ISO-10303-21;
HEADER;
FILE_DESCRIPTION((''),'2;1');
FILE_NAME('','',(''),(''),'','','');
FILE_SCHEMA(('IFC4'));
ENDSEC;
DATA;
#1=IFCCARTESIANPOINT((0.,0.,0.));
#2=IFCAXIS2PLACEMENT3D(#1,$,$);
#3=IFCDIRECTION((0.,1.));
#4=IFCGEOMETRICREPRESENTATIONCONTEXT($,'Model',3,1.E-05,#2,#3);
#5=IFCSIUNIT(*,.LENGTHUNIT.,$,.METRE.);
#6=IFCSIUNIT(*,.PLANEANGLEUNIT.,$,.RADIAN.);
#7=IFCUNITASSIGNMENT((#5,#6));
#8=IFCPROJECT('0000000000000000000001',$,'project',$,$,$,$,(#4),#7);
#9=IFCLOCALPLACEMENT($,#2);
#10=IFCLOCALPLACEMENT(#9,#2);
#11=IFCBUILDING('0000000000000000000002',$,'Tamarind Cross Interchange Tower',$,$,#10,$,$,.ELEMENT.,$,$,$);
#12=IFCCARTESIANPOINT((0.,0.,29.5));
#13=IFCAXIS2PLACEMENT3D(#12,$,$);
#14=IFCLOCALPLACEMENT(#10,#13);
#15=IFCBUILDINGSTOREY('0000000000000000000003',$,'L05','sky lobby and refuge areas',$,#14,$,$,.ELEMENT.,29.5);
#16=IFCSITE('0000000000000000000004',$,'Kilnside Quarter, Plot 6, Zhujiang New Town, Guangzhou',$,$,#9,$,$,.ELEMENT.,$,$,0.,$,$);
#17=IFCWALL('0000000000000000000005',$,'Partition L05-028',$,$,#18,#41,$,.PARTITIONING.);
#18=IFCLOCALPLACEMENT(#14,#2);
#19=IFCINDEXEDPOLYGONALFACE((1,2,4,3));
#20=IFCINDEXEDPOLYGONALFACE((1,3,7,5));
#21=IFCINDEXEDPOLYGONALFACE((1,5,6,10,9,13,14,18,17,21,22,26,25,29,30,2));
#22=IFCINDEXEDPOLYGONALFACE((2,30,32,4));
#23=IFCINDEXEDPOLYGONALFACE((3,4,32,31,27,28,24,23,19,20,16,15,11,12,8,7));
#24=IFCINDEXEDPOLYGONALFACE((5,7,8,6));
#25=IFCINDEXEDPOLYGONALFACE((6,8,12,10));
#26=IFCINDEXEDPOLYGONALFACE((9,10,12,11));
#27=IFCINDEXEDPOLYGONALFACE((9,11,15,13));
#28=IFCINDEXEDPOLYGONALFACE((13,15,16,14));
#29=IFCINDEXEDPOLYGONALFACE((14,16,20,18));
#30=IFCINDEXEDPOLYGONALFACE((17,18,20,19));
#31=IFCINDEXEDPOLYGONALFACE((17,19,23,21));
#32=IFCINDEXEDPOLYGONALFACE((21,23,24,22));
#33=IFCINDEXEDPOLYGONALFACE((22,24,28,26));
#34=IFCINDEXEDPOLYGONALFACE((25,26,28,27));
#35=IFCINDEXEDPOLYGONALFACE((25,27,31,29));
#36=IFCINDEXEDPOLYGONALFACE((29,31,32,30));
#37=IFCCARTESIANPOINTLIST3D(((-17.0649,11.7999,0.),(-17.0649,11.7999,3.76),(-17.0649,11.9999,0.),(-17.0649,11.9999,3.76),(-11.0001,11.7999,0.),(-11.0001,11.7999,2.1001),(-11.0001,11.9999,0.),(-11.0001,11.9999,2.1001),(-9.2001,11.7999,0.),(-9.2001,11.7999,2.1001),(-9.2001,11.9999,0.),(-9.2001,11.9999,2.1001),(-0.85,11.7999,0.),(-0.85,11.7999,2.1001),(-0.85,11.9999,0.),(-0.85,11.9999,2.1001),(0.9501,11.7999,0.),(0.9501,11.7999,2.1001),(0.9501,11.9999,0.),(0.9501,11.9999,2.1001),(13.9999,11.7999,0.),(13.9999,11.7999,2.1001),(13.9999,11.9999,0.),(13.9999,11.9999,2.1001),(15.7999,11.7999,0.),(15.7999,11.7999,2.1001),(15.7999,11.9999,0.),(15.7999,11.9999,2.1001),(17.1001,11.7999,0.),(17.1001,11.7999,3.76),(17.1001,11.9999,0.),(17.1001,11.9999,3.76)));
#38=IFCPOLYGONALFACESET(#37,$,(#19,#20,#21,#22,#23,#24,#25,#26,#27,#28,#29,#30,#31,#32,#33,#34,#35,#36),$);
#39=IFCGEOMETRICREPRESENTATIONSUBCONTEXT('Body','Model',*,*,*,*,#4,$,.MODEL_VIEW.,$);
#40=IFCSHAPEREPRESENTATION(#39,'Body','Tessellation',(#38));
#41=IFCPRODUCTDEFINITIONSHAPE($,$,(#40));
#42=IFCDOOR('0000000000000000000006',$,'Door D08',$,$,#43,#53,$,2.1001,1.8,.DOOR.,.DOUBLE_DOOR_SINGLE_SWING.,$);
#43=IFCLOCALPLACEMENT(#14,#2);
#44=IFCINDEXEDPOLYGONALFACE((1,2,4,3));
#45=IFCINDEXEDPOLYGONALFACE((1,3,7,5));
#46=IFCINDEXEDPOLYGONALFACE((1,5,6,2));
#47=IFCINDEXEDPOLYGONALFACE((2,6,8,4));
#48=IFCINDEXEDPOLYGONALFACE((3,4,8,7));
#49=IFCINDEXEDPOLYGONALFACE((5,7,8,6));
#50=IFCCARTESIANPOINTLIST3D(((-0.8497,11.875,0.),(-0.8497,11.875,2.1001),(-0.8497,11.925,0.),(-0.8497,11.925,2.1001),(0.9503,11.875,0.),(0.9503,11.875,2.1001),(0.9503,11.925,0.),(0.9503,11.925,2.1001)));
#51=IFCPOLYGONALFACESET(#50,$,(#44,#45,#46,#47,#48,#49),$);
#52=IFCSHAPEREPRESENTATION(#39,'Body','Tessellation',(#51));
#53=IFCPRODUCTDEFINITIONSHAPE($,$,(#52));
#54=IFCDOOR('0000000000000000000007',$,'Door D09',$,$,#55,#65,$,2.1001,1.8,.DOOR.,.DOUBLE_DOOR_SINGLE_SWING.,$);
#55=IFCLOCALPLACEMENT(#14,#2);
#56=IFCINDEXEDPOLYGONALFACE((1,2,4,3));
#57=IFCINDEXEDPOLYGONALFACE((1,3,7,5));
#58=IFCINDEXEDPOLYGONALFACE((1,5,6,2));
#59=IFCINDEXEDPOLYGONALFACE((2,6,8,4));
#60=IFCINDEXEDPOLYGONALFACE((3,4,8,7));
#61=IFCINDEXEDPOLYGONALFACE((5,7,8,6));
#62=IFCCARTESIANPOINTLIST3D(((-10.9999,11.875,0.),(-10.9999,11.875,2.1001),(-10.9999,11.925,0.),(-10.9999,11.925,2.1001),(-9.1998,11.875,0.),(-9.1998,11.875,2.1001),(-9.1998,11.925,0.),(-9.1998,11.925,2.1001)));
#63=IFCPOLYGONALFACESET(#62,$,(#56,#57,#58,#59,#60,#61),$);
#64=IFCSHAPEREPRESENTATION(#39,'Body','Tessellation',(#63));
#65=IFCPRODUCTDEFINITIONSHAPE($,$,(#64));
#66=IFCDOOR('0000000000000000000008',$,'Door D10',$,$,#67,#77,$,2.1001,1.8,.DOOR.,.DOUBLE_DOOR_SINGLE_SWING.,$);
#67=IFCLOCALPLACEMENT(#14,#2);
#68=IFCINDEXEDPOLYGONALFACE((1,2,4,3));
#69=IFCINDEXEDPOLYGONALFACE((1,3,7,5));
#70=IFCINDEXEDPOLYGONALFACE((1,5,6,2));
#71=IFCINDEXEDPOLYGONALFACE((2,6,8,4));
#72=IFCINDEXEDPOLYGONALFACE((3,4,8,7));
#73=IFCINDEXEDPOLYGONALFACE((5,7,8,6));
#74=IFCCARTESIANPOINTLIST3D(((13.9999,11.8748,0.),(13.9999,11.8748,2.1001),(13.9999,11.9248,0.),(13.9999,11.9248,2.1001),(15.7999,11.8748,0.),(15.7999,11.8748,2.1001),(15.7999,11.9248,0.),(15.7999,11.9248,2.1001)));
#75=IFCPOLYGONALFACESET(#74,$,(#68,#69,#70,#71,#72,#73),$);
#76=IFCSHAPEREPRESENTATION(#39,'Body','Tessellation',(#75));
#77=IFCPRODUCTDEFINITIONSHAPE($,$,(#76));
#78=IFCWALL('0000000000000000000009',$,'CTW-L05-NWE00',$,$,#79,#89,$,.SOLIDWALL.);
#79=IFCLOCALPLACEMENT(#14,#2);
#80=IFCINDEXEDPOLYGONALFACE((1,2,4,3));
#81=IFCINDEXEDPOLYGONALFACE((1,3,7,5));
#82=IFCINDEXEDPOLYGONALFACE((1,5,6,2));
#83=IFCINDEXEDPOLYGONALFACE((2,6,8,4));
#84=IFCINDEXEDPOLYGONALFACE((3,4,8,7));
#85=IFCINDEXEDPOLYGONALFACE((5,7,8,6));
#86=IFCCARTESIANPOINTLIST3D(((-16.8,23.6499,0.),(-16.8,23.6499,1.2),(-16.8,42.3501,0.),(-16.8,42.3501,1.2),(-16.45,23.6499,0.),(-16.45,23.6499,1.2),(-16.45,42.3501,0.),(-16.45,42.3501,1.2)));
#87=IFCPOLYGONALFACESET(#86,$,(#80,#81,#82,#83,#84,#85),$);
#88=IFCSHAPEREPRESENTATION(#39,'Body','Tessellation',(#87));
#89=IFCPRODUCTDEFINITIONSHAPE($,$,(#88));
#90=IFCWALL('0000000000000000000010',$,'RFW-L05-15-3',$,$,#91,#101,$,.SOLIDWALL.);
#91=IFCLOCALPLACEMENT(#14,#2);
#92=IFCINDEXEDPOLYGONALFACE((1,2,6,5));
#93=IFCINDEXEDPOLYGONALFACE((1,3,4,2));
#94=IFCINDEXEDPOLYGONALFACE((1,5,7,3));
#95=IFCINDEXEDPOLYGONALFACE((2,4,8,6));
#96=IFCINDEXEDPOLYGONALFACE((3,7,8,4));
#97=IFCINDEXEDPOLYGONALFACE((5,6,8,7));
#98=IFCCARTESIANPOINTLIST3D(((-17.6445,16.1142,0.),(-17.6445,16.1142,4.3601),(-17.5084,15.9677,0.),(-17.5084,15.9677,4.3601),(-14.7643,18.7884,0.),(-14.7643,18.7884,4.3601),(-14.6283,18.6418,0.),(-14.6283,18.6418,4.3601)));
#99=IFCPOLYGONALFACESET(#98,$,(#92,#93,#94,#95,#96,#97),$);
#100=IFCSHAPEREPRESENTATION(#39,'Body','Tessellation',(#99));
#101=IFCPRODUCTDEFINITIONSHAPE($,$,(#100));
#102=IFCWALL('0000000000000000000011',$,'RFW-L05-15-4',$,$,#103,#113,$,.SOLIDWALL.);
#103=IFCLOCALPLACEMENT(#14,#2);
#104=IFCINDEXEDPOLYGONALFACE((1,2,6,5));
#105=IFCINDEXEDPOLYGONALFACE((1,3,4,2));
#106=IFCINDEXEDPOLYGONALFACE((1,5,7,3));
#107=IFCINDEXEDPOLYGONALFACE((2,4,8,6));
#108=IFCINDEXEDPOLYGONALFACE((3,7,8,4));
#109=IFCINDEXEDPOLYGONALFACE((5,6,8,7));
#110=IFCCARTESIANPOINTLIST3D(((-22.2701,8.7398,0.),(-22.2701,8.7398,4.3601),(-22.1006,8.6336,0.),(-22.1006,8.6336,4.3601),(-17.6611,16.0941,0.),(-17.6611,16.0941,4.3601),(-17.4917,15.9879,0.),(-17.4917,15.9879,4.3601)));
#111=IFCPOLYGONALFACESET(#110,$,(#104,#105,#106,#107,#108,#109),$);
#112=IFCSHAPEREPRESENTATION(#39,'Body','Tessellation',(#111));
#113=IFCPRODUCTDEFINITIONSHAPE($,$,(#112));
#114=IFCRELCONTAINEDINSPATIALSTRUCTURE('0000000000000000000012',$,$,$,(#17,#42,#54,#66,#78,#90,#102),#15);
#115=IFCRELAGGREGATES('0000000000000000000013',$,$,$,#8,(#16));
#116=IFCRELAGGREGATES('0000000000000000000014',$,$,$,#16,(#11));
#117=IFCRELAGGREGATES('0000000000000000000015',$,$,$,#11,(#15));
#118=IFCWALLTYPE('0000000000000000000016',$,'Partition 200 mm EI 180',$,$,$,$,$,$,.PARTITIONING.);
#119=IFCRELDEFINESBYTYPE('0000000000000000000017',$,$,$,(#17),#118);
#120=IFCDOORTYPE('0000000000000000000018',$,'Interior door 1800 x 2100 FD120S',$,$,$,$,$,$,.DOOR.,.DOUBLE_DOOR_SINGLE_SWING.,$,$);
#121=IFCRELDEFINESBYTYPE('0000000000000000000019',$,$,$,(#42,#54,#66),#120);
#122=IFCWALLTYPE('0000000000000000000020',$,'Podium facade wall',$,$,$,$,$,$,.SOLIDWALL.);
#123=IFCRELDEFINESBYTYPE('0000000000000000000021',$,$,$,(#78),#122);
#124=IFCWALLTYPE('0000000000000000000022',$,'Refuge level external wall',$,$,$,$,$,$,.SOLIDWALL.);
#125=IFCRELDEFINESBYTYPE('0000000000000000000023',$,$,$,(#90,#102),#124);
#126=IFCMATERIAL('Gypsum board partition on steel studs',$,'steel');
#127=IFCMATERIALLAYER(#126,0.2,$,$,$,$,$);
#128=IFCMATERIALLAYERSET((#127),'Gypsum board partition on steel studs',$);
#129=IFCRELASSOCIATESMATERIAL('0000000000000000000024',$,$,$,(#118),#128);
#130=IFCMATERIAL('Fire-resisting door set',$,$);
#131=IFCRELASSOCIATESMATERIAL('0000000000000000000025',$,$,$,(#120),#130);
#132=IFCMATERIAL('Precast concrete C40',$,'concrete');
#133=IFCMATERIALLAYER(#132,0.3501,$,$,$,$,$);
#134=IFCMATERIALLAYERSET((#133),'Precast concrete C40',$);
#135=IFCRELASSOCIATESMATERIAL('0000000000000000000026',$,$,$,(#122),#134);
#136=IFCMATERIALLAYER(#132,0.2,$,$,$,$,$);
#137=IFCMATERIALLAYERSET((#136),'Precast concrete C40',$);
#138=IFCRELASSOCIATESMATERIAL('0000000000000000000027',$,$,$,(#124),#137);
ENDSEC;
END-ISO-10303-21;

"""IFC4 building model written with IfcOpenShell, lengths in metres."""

from ifc_helpers import new_model, si_unit, direction, frame, frame_2d, origin, place, context, subcontext, project, spatial, rectangle, extrude, material, layer, layer_set, type_object, element, fill, save


model = new_model("IFC4")

# Units and contexts
model_context = context("Model", 3, precision=1e-05, world=origin(), true_north=direction((0.0, 1.0)))
body_context = subcontext(model_context, "Body", "Model", "MODEL_VIEW")
ifc_project = project(units=[si_unit("LENGTHUNIT", "METRE"), si_unit("PLANEANGLEUNIT", "RADIAN")], contexts=[model_context])

# Site, building, storey
site_placement = place(None, origin())
site = spatial("IfcSite", under=ifc_project, at=site_placement, Name="Kilnside Quarter, Plot 6, Zhujiang New Town, Guangzhou", CompositionType="ELEMENT", RefElevation=0.0)
building_placement = place(site_placement, origin())
building = spatial("IfcBuilding", under=site, at=building_placement, Name="Tamarind Cross Interchange Tower", CompositionType="ELEMENT")
storey_placement = place(building_placement, frame((0.0, 0.0, 29.5)))
storey = spatial("IfcBuildingStorey", under=building, at=storey_placement, Name="L05", Description="sky lobby and refuge areas", CompositionType="ELEMENT", Elevation=29.5)

# Shared definitions
ifc_material_1 = material(Name="Gypsum board partition on steel studs", Category="steel")

# Wall, openings, doors
ifc_layer_1 = layer(ifc_material_1, 0.2)
ifc_layer_set_1 = layer_set([ifc_layer_1], Name="Gypsum board partition on steel studs")
wall_type_1 = type_object("IfcWallType", Name="Partition 200 mm EI 180", PredefinedType="PARTITIONING", material=ifc_layer_set_1)
wall_1_placement = place(storey_placement, frame((-17.0649, 11.8999, 0.0), z_axis=(0.0, 0.0, 1.0), x_axis=(1.0, 0.0, 0.0)))
wall_1 = element("IfcWall", 1, at=wall_1_placement, inside=storey, type_object=wall_type_1, Name="Partition L05-028", PredefinedType="PARTITIONING", context=body_context, shape_type="SweptSolid", body=[
    extrude(rectangle(XDim=34.165, YDim=0.2, at=frame_2d((17.0825, 0.0))), origin(), (0.0, 0.0, 1.0), 3.76),
])
opening_1_placement = place(wall_1_placement, frame((16.2151, 0.0, 0.0)))
opening_1 = element("IfcOpeningElement", 2, at=opening_1_placement, cuts=wall_1, PredefinedType="OPENING", context=body_context, shape_type="SweptSolid", body=[
    extrude(rectangle(XDim=1.8, YDim=2.1001, at=frame_2d((0.8999, 1.05))), frame((0.0, 0.1099, 0.0), z_axis=(0.0, -1.0, 0.0), x_axis=(1.0, 0.0, 0.0)), (0.0, 0.0, 1.0), 0.22),
])
opening_2_placement = place(wall_1_placement, frame((6.0649, 0.0, 0.0)))
opening_2 = element("IfcOpeningElement", 3, at=opening_2_placement, cuts=wall_1, PredefinedType="OPENING", context=body_context, shape_type="SweptSolid", body=[
    extrude(rectangle(XDim=1.8, YDim=2.1001, at=frame_2d((0.8999, 1.05))), frame((0.0, 0.1099, 0.0), z_axis=(0.0, -1.0, 0.0), x_axis=(1.0, 0.0, 0.0)), (0.0, 0.0, 1.0), 0.22),
])
opening_3_placement = place(wall_1_placement, frame((31.0649, 0.0, 0.0)))
opening_3 = element("IfcOpeningElement", 4, at=opening_3_placement, cuts=wall_1, PredefinedType="OPENING", context=body_context, shape_type="SweptSolid", body=[
    extrude(rectangle(XDim=1.8, YDim=2.1001, at=frame_2d((0.8999, 1.05))), frame((0.0, 0.1099, 0.0), z_axis=(0.0, -1.0, 0.0), x_axis=(1.0, 0.0, 0.0)), (0.0, 0.0, 1.0), 0.22),
])
ifc_material_2 = material(Name="Fire-resisting door set")
door_type_1 = type_object("IfcDoorType", Name="Interior door 1800 x 2100 FD120S", OperationType="DOUBLE_DOOR_SINGLE_SWING", PredefinedType="DOOR", material=ifc_material_2)
door_1_placement = place(opening_1_placement, frame((1.8, 0.0, 0.0), z_axis=(0.0, 0.0, 1.0), x_axis=(-1.0, 0.0, 0.0)))
door_1 = element("IfcDoor", 5, at=door_1_placement, inside=storey, type_object=door_type_1, Name="Door D08", OperationType="DOUBLE_DOOR_SINGLE_SWING", OverallHeight=2.1001, OverallWidth=1.8, PredefinedType="DOOR", context=body_context, shape_type="SweptSolid", body=[
    extrude(rectangle(XDim=1.8, YDim=2.1001, at=frame_2d((0.8999, 1.05))), frame((0.0, 0.0249, 0.0), z_axis=(0.0, -1.0, 0.0), x_axis=(1.0, 0.0, 0.0)), (0.0, 0.0, 1.0), 0.05),
])
fill(opening_1, door_1)
door_2_placement = place(opening_2_placement, frame((1.8, 0.0, 0.0), z_axis=(0.0, 0.0, 1.0), x_axis=(-1.0, 0.0, 0.0)))
door_2 = element("IfcDoor", 6, at=door_2_placement, inside=storey, type_object=door_type_1, Name="Door D09", OperationType="DOUBLE_DOOR_SINGLE_SWING", OverallHeight=2.1001, OverallWidth=1.8, PredefinedType="DOOR", context=body_context, shape_type="SweptSolid", body=[
    extrude(rectangle(XDim=1.8, YDim=2.1001, at=frame_2d((0.8999, 1.05))), frame((0.0, 0.0249, 0.0), z_axis=(0.0, -1.0, 0.0), x_axis=(1.0, 0.0, 0.0)), (0.0, 0.0, 1.0), 0.05),
])
fill(opening_2, door_2)
door_3_placement = place(opening_3_placement, origin())
door_3 = element("IfcDoor", 7, at=door_3_placement, inside=storey, type_object=door_type_1, Name="Door D10", OperationType="DOUBLE_DOOR_SINGLE_SWING", OverallHeight=2.1001, OverallWidth=1.8, PredefinedType="DOOR", context=body_context, shape_type="SweptSolid", body=[
    extrude(rectangle(XDim=1.8, YDim=2.1001, at=frame_2d((0.8999, 1.05))), frame((0.0, 0.0249, 0.0), z_axis=(0.0, -1.0, 0.0), x_axis=(1.0, 0.0, 0.0)), (0.0, 0.0, 1.0), 0.05),
])
fill(opening_3, door_3)

# Walls
ifc_material_3 = material(Name="Precast concrete C40", Category="concrete")
ifc_layer_2 = layer(ifc_material_3, 0.3501)
ifc_layer_set_2 = layer_set([ifc_layer_2], Name="Precast concrete C40")
wall_type_2 = type_object("IfcWallType", Name="Podium facade wall", PredefinedType="SOLIDWALL", material=ifc_layer_set_2)
wall_2_placement = place(storey_placement, frame((-16.625, 23.6499, 0.0), z_axis=(0.0, 0.0, 1.0), x_axis=(0.0, 1.0, 0.0)))
element("IfcWall", 8, at=wall_2_placement, inside=storey, type_object=wall_type_2, Name="CTW-L05-NWE00", PredefinedType="SOLIDWALL", context=body_context, shape_type="SweptSolid", body=[
    extrude(rectangle(XDim=18.7002, YDim=0.3501, at=frame_2d((9.3501, 0.0))), origin(), (0.0, 0.0, 1.0), 1.2),
])
ifc_layer_3 = layer(ifc_material_3, 0.2)
ifc_layer_set_3 = layer_set([ifc_layer_3], Name="Precast concrete C40")
wall_type_3 = type_object("IfcWallType", Name="Refuge level external wall", PredefinedType="SOLIDWALL", material=ifc_layer_set_3)
wall_3_placement = place(storey_placement, frame((-14.6963, 18.7151, 0.0), z_axis=(0.0, 0.0, 1.0), x_axis=(-0.732836, -0.680406, 0.0)))
element("IfcWall", 9, at=wall_3_placement, inside=storey, type_object=wall_type_3, Name="RFW-L05-15-3", PredefinedType="SOLIDWALL", context=body_context, shape_type="SweptSolid", body=[
    extrude(rectangle(XDim=3.9302, YDim=0.2, at=frame_2d((1.9651, 0.0))), origin(), (0.0, 0.0, 1.0), 4.3601),
])
wall_4_placement = place(storey_placement, frame((-17.5764, 16.041, 0.0), z_axis=(0.0, 0.0, 1.0), x_axis=(-0.531033, -0.847351, 0.0)))
element("IfcWall", 10, at=wall_4_placement, inside=storey, type_object=wall_type_3, Name="RFW-L05-15-4", PredefinedType="SOLIDWALL", context=body_context, shape_type="SweptSolid", body=[
    extrude(rectangle(XDim=8.6792, YDim=0.2, at=frame_2d((4.3396, 0.0))), origin(), (0.0, 0.0, 1.0), 4.3601),
])

save(model, "model.ifc")
